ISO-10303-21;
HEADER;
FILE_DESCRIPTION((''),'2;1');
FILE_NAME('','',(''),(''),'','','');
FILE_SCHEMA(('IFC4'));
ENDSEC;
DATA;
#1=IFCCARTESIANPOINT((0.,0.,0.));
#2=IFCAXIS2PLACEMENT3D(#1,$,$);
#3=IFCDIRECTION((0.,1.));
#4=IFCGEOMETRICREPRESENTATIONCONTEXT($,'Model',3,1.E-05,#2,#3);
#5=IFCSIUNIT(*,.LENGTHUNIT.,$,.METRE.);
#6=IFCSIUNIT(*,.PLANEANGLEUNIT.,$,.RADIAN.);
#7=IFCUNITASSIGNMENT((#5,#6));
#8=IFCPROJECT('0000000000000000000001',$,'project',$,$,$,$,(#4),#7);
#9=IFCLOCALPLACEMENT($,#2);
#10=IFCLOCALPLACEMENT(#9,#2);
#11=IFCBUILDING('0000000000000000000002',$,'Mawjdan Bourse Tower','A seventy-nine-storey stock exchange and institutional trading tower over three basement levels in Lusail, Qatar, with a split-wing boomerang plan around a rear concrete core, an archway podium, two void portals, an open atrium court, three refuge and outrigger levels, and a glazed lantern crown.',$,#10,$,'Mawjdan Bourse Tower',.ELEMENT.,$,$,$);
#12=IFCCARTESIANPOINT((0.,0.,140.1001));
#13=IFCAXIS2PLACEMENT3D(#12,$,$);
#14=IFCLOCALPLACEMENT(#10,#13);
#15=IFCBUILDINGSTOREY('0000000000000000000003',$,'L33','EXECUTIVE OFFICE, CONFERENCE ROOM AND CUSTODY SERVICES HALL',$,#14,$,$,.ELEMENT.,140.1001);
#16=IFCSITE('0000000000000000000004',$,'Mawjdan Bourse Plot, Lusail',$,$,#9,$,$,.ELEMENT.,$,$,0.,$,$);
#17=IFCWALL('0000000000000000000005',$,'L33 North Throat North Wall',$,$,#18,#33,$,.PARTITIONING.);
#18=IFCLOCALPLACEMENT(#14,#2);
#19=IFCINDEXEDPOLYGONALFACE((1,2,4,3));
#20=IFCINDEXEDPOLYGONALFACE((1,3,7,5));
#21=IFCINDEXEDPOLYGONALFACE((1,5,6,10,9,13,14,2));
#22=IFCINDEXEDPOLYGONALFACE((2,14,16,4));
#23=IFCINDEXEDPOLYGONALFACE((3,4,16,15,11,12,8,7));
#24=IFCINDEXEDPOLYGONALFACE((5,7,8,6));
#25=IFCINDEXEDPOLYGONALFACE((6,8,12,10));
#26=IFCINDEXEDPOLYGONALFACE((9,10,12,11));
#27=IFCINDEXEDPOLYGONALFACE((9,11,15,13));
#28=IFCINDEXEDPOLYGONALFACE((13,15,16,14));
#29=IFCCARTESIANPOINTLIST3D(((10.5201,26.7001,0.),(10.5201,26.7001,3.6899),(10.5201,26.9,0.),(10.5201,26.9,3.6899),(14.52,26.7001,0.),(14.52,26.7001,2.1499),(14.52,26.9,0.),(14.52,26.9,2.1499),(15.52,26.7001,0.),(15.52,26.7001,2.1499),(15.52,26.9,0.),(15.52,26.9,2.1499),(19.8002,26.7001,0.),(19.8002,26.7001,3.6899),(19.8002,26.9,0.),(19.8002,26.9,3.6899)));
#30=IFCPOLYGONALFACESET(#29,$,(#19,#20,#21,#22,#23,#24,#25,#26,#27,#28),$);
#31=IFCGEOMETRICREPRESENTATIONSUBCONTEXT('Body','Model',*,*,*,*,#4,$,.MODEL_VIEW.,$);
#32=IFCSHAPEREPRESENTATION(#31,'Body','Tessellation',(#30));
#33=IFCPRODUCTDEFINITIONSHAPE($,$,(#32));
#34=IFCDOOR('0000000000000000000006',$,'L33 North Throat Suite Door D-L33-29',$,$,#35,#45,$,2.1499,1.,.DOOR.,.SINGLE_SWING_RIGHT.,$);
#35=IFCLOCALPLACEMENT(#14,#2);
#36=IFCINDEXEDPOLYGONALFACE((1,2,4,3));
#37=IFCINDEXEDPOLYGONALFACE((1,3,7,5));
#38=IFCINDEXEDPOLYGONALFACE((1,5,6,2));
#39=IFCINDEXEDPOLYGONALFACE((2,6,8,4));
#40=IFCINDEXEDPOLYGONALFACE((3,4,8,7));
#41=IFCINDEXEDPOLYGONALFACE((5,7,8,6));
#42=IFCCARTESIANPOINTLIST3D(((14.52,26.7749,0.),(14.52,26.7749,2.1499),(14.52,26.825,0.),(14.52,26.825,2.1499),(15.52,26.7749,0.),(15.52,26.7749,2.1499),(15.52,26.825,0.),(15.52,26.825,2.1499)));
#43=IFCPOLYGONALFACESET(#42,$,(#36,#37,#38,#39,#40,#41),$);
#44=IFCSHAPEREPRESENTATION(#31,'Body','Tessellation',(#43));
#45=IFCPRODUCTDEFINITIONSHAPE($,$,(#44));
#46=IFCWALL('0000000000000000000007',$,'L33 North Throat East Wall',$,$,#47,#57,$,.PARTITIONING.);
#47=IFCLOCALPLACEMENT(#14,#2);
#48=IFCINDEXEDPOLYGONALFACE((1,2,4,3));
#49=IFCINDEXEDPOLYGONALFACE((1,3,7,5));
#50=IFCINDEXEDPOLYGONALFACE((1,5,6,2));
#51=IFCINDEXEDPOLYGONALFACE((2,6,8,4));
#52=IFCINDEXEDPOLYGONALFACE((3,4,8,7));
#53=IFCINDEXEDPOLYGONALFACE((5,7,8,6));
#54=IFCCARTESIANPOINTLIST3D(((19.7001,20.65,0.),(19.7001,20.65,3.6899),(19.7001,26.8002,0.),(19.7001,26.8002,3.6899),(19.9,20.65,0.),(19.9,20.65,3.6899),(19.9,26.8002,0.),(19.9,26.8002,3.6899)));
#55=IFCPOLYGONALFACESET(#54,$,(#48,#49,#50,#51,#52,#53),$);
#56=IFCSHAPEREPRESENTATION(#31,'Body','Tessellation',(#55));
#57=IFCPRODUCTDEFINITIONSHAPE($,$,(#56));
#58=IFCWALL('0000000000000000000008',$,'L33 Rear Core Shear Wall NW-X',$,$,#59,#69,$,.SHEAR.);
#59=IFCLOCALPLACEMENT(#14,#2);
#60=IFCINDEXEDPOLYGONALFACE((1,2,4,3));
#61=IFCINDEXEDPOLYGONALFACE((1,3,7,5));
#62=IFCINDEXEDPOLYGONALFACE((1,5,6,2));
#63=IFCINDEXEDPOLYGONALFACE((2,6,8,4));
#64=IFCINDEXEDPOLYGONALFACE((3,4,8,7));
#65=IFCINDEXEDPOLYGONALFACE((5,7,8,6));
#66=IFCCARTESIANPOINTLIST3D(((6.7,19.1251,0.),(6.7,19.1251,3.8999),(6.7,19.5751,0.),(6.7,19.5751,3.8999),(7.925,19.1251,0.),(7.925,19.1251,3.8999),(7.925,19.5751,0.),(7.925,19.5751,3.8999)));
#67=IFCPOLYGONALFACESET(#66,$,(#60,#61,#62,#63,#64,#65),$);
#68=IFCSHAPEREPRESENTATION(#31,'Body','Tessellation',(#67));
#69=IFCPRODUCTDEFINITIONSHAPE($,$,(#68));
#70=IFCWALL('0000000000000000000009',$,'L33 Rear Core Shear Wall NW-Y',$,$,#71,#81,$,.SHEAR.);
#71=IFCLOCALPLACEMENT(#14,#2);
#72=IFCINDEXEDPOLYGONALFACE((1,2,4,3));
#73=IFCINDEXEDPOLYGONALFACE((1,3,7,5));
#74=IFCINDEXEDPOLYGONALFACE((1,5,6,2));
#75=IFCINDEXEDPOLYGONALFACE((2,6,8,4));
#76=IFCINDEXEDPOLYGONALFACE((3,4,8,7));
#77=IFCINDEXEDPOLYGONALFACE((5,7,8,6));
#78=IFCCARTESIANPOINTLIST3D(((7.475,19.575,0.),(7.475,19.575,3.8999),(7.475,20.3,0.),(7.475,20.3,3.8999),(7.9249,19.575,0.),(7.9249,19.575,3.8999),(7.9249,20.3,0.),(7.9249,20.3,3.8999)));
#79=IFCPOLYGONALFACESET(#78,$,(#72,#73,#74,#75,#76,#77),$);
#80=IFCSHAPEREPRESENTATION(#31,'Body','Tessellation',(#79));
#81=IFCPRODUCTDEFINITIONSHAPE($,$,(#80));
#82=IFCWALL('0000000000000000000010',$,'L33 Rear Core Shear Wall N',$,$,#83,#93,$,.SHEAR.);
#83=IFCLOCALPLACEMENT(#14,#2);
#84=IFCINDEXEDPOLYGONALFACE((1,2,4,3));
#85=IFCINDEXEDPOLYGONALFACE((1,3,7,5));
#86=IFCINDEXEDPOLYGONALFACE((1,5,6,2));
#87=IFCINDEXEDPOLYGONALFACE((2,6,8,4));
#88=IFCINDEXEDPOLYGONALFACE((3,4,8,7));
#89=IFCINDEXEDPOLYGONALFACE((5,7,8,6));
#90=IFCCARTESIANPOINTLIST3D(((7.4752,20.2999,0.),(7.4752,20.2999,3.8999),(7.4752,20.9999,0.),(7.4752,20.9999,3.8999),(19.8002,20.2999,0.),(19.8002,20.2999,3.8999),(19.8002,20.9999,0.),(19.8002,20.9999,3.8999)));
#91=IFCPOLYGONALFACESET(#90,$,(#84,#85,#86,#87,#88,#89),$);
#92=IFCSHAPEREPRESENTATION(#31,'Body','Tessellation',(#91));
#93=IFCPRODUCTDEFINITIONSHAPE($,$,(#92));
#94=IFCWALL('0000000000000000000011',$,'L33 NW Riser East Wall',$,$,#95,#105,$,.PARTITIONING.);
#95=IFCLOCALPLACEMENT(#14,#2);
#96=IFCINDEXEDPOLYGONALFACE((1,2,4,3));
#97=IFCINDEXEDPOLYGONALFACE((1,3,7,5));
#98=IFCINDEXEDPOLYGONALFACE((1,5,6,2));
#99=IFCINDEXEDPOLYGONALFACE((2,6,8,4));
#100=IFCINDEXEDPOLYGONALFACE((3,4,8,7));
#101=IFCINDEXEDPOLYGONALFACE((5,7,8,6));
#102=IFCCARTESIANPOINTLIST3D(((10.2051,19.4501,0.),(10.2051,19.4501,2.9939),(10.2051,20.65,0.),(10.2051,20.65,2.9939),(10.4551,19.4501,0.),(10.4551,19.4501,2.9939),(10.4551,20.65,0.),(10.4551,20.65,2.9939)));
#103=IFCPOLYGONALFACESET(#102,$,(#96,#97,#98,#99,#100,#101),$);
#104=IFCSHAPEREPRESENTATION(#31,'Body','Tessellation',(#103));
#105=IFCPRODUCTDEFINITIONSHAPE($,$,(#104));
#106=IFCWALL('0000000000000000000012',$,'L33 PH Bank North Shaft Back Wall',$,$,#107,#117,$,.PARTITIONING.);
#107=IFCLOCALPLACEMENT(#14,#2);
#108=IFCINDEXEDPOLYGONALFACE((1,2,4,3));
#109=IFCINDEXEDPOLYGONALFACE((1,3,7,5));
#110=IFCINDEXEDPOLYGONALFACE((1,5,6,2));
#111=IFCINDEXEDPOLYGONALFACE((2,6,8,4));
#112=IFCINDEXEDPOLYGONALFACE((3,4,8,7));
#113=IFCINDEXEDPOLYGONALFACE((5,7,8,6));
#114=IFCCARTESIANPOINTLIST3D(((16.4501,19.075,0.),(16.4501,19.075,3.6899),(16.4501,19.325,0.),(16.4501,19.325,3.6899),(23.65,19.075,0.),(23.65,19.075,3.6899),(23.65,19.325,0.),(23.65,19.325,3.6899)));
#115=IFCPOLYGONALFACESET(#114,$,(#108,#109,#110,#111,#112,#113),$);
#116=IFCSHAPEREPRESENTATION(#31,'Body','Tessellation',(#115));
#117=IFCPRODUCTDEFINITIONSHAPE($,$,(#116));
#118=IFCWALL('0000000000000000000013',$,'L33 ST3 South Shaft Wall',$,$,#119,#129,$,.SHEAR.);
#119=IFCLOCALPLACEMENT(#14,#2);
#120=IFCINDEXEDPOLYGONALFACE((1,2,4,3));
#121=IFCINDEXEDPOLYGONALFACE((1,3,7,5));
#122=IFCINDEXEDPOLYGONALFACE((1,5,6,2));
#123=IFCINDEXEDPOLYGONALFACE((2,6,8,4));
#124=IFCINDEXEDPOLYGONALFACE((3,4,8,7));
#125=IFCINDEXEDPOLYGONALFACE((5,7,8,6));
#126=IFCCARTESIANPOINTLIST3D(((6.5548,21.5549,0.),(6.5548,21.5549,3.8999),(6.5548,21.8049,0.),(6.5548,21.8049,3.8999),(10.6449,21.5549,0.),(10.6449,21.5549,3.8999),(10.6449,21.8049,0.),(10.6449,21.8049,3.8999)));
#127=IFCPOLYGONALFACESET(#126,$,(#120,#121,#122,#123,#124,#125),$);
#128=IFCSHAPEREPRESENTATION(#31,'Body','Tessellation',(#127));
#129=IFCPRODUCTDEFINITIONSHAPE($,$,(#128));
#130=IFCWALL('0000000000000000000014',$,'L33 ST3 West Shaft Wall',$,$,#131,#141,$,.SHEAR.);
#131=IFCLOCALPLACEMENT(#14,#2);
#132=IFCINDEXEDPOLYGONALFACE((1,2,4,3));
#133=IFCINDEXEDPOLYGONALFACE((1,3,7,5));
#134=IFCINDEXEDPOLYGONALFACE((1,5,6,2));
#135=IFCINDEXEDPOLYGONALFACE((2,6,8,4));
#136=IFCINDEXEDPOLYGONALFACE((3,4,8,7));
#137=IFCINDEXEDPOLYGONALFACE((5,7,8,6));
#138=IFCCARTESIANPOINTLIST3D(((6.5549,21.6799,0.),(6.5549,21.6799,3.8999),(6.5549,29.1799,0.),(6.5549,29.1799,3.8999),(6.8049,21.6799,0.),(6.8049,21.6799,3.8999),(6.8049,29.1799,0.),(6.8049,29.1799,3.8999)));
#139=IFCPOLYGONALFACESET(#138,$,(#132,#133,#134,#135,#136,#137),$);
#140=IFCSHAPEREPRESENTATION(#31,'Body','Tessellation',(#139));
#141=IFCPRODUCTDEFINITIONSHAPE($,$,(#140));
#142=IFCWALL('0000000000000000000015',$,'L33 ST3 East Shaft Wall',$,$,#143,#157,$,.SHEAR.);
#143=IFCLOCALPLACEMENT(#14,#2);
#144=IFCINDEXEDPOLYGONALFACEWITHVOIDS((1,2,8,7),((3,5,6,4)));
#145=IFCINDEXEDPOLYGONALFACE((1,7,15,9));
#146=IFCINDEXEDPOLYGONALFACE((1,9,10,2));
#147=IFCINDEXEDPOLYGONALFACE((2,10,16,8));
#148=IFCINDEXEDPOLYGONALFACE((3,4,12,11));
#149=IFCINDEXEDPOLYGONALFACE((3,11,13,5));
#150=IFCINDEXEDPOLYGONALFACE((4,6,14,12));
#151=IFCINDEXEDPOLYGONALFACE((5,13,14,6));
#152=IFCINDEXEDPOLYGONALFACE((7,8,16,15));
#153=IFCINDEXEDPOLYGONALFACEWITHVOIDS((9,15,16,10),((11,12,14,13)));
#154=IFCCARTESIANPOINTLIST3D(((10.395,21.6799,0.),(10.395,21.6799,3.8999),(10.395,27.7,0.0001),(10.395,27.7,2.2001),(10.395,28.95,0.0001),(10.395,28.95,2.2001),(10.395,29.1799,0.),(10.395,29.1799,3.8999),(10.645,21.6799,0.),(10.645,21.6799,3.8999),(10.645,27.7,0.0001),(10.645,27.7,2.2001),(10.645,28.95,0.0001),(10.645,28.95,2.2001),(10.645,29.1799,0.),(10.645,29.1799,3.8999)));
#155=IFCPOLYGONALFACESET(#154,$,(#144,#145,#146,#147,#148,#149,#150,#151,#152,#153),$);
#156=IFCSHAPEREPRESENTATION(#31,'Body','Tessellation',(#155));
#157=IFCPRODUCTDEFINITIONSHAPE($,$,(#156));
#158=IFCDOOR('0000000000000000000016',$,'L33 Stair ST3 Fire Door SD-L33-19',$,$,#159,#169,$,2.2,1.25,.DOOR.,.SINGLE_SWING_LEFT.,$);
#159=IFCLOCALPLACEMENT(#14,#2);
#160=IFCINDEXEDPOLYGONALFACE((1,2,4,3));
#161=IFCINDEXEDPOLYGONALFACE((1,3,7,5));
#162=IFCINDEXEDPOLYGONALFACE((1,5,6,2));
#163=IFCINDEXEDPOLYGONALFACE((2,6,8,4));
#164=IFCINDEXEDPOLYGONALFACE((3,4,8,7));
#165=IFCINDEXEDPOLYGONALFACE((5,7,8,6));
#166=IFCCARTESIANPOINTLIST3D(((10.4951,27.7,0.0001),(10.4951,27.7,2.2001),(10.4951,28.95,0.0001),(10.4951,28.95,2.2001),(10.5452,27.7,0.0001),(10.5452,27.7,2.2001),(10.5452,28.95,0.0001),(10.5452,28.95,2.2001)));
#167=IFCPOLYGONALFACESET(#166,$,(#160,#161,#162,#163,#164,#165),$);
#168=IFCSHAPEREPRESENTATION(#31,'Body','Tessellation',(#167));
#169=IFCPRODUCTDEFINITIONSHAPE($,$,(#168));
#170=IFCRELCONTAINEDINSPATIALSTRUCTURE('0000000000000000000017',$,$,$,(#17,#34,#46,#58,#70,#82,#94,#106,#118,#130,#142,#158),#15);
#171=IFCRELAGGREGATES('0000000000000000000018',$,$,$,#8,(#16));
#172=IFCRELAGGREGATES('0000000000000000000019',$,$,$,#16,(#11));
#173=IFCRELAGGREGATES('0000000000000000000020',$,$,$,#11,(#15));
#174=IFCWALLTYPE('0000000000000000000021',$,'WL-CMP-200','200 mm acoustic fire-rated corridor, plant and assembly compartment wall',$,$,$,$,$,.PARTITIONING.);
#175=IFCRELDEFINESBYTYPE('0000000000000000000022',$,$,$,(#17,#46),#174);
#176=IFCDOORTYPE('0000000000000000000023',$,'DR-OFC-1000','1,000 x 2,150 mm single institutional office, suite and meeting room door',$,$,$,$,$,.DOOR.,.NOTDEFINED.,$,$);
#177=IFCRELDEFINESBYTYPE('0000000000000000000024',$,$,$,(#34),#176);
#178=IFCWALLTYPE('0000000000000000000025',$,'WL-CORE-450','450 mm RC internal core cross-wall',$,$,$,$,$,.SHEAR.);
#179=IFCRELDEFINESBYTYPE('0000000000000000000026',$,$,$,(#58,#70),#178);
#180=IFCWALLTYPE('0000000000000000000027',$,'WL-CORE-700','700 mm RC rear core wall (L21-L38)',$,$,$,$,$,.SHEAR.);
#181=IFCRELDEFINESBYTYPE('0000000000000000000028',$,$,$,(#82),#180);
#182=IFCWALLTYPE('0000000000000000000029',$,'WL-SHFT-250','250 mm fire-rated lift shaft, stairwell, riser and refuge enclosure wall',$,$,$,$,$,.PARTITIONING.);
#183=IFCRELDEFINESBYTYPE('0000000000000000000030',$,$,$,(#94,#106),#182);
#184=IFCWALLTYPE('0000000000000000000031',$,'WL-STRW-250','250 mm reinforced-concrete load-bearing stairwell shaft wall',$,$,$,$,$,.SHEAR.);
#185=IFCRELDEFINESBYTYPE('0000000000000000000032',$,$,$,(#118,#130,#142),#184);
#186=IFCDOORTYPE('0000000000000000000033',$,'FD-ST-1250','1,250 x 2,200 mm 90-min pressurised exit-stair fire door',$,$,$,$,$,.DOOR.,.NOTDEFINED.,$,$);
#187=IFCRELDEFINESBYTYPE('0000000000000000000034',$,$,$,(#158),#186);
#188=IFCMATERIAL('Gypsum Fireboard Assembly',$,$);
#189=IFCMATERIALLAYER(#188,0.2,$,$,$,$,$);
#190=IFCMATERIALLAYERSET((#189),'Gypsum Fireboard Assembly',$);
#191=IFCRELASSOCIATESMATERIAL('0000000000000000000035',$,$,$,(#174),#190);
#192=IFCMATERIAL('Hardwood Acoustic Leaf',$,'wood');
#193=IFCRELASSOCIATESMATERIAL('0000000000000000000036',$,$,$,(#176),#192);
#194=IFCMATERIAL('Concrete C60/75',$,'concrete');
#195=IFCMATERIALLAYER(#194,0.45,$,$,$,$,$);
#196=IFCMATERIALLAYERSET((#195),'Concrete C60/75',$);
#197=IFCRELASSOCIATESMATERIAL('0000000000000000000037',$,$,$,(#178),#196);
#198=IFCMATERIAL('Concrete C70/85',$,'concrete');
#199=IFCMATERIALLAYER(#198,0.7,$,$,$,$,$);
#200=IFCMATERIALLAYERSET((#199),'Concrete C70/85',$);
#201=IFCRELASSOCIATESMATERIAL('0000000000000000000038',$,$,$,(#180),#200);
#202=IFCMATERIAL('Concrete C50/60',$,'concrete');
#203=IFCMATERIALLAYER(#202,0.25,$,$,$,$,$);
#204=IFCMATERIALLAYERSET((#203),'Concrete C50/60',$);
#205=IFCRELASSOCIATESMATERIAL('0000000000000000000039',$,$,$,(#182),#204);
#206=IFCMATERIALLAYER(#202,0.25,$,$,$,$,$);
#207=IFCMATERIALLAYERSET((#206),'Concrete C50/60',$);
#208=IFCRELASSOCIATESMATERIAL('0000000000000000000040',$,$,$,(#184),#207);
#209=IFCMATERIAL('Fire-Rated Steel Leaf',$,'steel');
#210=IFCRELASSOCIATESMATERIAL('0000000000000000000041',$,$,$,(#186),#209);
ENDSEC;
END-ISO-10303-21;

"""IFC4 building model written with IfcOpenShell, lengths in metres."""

from ifc_helpers import new_model, si_unit, direction, frame, frame_2d, origin, place, context, subcontext, project, spatial, rectangle, extrude, material, layer, layer_set, type_object, element, fill, save


model = new_model("IFC4")

# Units and contexts
model_context = context("Model", 3, precision=1e-05, world=origin(), true_north=direction((0.0, 1.0)))
body_context = subcontext(model_context, "Body", "Model", "MODEL_VIEW")
ifc_project = project(units=[si_unit("LENGTHUNIT", "METRE"), si_unit("PLANEANGLEUNIT", "RADIAN")], contexts=[model_context])

# Site, building, storey
site_placement = place(None, origin())
site = spatial("IfcSite", under=ifc_project, at=site_placement, Name="Mawjdan Bourse Plot, Lusail", CompositionType="ELEMENT", RefElevation=0.0)
building_placement = place(site_placement, origin())
building = spatial("IfcBuilding", under=site, at=building_placement, Name="Mawjdan Bourse Tower", Description="A seventy-nine-storey stock exchange and institutional trading tower over three basement levels in Lusail, Qatar, with a split-wing boomerang plan around a rear concrete core, an archway podium, two void portals, an open atrium court, three refuge and outrigger levels, and a glazed lantern crown.", LongName="Mawjdan Bourse Tower", CompositionType="ELEMENT")
storey_placement = place(building_placement, frame((0.0, 0.0, 140.1001)))
storey = spatial("IfcBuildingStorey", under=building, at=storey_placement, Name="L33", Description="EXECUTIVE OFFICE, CONFERENCE ROOM AND CUSTODY SERVICES HALL", CompositionType="ELEMENT", Elevation=140.1001)

# Shared definitions
ifc_material_1 = material(Name="Concrete C70/85", Category="concrete")

# Wall, opening, door
ifc_material_2 = material(Name="Gypsum Fireboard Assembly")
ifc_layer_1 = layer(ifc_material_2, 0.2)
ifc_layer_set_1 = layer_set([ifc_layer_1], Name="Gypsum Fireboard Assembly")
wall_type_1 = type_object("IfcWallType", Name="WL-CMP-200", Description="200 mm acoustic fire-rated corridor, plant and assembly compartment wall", PredefinedType="PARTITIONING", material=ifc_layer_set_1)
wall_1_placement = place(storey_placement, frame((10.52, 26.8, 0.0), z_axis=(0.0, 0.0, 1.0), x_axis=(1.0, 0.0, 0.0)))
wall_1 = element("IfcWall", 1, at=wall_1_placement, inside=storey, type_object=wall_type_1, Name="L33 North Throat North Wall", PredefinedType="PARTITIONING", context=body_context, shape_type="SweptSolid", body=[
    extrude(rectangle(XDim=9.28, YDim=0.2, at=frame_2d((4.6401, 0.0))), origin(), (0.0, 0.0, 1.0), 3.6899),
])
opening_1_placement = place(wall_1_placement, frame((4.0, 0.0, 0.0)))
opening_1 = element("IfcOpeningElement", 2, at=opening_1_placement, cuts=wall_1, PredefinedType="OPENING", context=body_context, shape_type="SweptSolid", body=[
    extrude(rectangle(XDim=1.0, YDim=2.1499, at=frame_2d((0.5, 1.075))), frame((0.0, 0.1099, 0.0), z_axis=(0.0, -1.0, 0.0), x_axis=(1.0, 0.0, 0.0)), (0.0, 0.0, 1.0), 0.22),
])
ifc_material_3 = material(Name="Hardwood Acoustic Leaf", Category="wood")
door_type_1 = type_object("IfcDoorType", Name="DR-OFC-1000", Description="1,000 x 2,150 mm single institutional office, suite and meeting room door", OperationType="NOTDEFINED", PredefinedType="DOOR", material=ifc_material_3)
door_1_placement = place(opening_1_placement, origin())
door_1 = element("IfcDoor", 3, at=door_1_placement, inside=storey, type_object=door_type_1, Name="L33 North Throat Suite Door D-L33-29", OperationType="SINGLE_SWING_RIGHT", OverallHeight=2.1499, OverallWidth=1.0, PredefinedType="DOOR", context=body_context, shape_type="SweptSolid", body=[
    extrude(rectangle(XDim=1.0, YDim=2.1499, at=frame_2d((0.5, 1.075))), frame((0.0, 0.0249, 0.0), z_axis=(0.0, -1.0, 0.0), x_axis=(1.0, 0.0, 0.0)), (0.0, 0.0, 1.0), 0.05),
])
fill(opening_1, door_1)

# Walls
wall_2_placement = place(storey_placement, frame((19.8, 20.6499, 0.0), z_axis=(0.0, 0.0, 1.0), x_axis=(0.0, 1.0, 0.0)))
element("IfcWall", 4, at=wall_2_placement, inside=storey, type_object=wall_type_1, Name="L33 North Throat East Wall", PredefinedType="PARTITIONING", context=body_context, shape_type="SweptSolid", body=[
    extrude(rectangle(XDim=6.1501, YDim=0.2, at=frame_2d((3.0752, 0.0))), origin(), (0.0, 0.0, 1.0), 3.6899),
])
ifc_material_4 = material(Name="Concrete C60/75", Category="concrete")
ifc_layer_2 = layer(ifc_material_4, 0.45)
ifc_layer_set_2 = layer_set([ifc_layer_2], Name="Concrete C60/75")
wall_type_2 = type_object("IfcWallType", Name="WL-CORE-450", Description="450 mm RC internal core cross-wall", PredefinedType="SHEAR", material=ifc_layer_set_2)
wall_3_placement = place(storey_placement, frame((6.7, 19.3501, 0.0), z_axis=(0.0, 0.0, 1.0), x_axis=(1.0, 0.0, 0.0)))
element("IfcWall", 5, at=wall_3_placement, inside=storey, type_object=wall_type_2, Name="L33 Rear Core Shear Wall NW-X", PredefinedType="SHEAR", context=body_context, shape_type="SweptSolid", body=[
    extrude(rectangle(XDim=1.2251, YDim=0.45, at=frame_2d((0.6125, 0.0))), origin(), (0.0, 0.0, 1.0), 3.8999),
])
wall_4_placement = place(storey_placement, frame((7.7, 19.575, 0.0), z_axis=(0.0, 0.0, 1.0), x_axis=(0.0, 1.0, 0.0)))
element("IfcWall", 6, at=wall_4_placement, inside=storey, type_object=wall_type_2, Name="L33 Rear Core Shear Wall NW-Y", PredefinedType="SHEAR", context=body_context, shape_type="SweptSolid", body=[
    extrude(rectangle(XDim=0.7251, YDim=0.45, at=frame_2d((0.3625, 0.0))), origin(), (0.0, 0.0, 1.0), 3.8999),
])
ifc_layer_3 = layer(ifc_material_1, 0.7)
ifc_layer_set_3 = layer_set([ifc_layer_3], Name="Concrete C70/85")
wall_type_3 = type_object("IfcWallType", Name="WL-CORE-700", Description="700 mm RC rear core wall (L21-L38)", PredefinedType="SHEAR", material=ifc_layer_set_3)
wall_5_placement = place(storey_placement, frame((7.4751, 20.6499, 0.0), z_axis=(0.0, 0.0, 1.0), x_axis=(1.0, 0.0, 0.0)))
element("IfcWall", 7, at=wall_5_placement, inside=storey, type_object=wall_type_3, Name="L33 Rear Core Shear Wall N", PredefinedType="SHEAR", context=body_context, shape_type="SweptSolid", body=[
    extrude(rectangle(XDim=12.325, YDim=0.7, at=frame_2d((6.1626, 0.0))), origin(), (0.0, 0.0, 1.0), 3.8999),
])
ifc_material_5 = material(Name="Concrete C50/60", Category="concrete")
ifc_layer_4 = layer(ifc_material_5, 0.25)
ifc_layer_set_4 = layer_set([ifc_layer_4], Name="Concrete C50/60")
wall_type_4 = type_object("IfcWallType", Name="WL-SHFT-250", Description="250 mm fire-rated lift shaft, stairwell, riser and refuge enclosure wall", PredefinedType="PARTITIONING", material=ifc_layer_set_4)
wall_6_placement = place(storey_placement, frame((10.3301, 19.45, 0.0), z_axis=(0.0, 0.0, 1.0), x_axis=(0.0, 1.0, 0.0)))
element("IfcWall", 8, at=wall_6_placement, inside=storey, type_object=wall_type_4, Name="L33 NW Riser East Wall", PredefinedType="PARTITIONING", context=body_context, shape_type="SweptSolid", body=[
    extrude(rectangle(XDim=1.2, YDim=0.25, at=frame_2d((0.6001, 0.0))), origin(), (0.0, 0.0, 1.0), 2.9939),
])
wall_7_placement = place(storey_placement, frame((16.45, 19.2, 0.0), z_axis=(0.0, 0.0, 1.0), x_axis=(1.0, 0.0, 0.0)))
element("IfcWall", 9, at=wall_7_placement, inside=storey, type_object=wall_type_4, Name="L33 PH Bank North Shaft Back Wall", PredefinedType="PARTITIONING", context=body_context, shape_type="SweptSolid", body=[
    extrude(rectangle(XDim=7.2, YDim=0.25, at=frame_2d((3.6001, 0.0))), origin(), (0.0, 0.0, 1.0), 3.6899),
])
ifc_layer_5 = layer(ifc_material_5, 0.25)
ifc_layer_set_5 = layer_set([ifc_layer_5], Name="Concrete C50/60")
wall_type_5 = type_object("IfcWallType", Name="WL-STRW-250", Description="250 mm reinforced-concrete load-bearing stairwell shaft wall", PredefinedType="SHEAR", material=ifc_layer_set_5)
wall_8_placement = place(storey_placement, frame((6.5549, 21.6799, 0.0), z_axis=(0.0, 0.0, 1.0), x_axis=(1.0, 0.0, 0.0)))
element("IfcWall", 10, at=wall_8_placement, inside=storey, type_object=wall_type_5, Name="L33 ST3 South Shaft Wall", PredefinedType="SHEAR", context=body_context, shape_type="SweptSolid", body=[
    extrude(rectangle(XDim=4.0901, YDim=0.25, at=frame_2d((2.0449, 0.0))), origin(), (0.0, 0.0, 1.0), 3.8999),
])
wall_9_placement = place(storey_placement, frame((6.6799, 21.6799, 0.0), z_axis=(0.0, 0.0, 1.0), x_axis=(0.0, 1.0, 0.0)))
element("IfcWall", 11, at=wall_9_placement, inside=storey, type_object=wall_type_5, Name="L33 ST3 West Shaft Wall", PredefinedType="SHEAR", context=body_context, shape_type="SweptSolid", body=[
    extrude(rectangle(XDim=7.5, YDim=0.25, at=frame_2d((3.75, 0.0))), origin(), (0.0, 0.0, 1.0), 3.8999),
])

# Wall, opening, door
wall_10_placement = place(storey_placement, frame((10.52, 21.6799, 0.0), z_axis=(0.0, 0.0, 1.0), x_axis=(0.0, 1.0, 0.0)))
wall_10 = element("IfcWall", 12, at=wall_10_placement, inside=storey, type_object=wall_type_5, Name="L33 ST3 East Shaft Wall", PredefinedType="SHEAR", context=body_context, shape_type="SweptSolid", body=[
    extrude(rectangle(XDim=7.5, YDim=0.25, at=frame_2d((3.75, 0.0))), origin(), (0.0, 0.0, 1.0), 3.8999),
])
opening_2_placement = place(wall_10_placement, frame((6.02, 0.0, 0.0)))
opening_2 = element("IfcOpeningElement", 13, at=opening_2_placement, cuts=wall_10, PredefinedType="OPENING", context=body_context, shape_type="SweptSolid", body=[
    extrude(rectangle(XDim=1.25, YDim=2.2, at=frame_2d((0.625, 1.1001))), frame((0.0, 0.135, 0.0), z_axis=(0.0, -1.0, 0.0), x_axis=(1.0, 0.0, 0.0)), (0.0, 0.0, 1.0), 0.27),
])
ifc_material_6 = material(Name="Fire-Rated Steel Leaf", Category="steel")
door_type_2 = type_object("IfcDoorType", Name="FD-ST-1250", Description="1,250 x 2,200 mm 90-min pressurised exit-stair fire door", OperationType="NOTDEFINED", PredefinedType="DOOR", material=ifc_material_6)
door_2_placement = place(opening_2_placement, origin())
door_2 = element("IfcDoor", 14, at=door_2_placement, inside=storey, type_object=door_type_2, Name="L33 Stair ST3 Fire Door SD-L33-19", OperationType="SINGLE_SWING_LEFT", OverallHeight=2.2, OverallWidth=1.25, PredefinedType="DOOR", context=body_context, shape_type="SweptSolid", body=[
    extrude(rectangle(XDim=1.25, YDim=2.2, at=frame_2d((0.625, 1.1001))), frame((0.0, 0.0249, 0.0), z_axis=(0.0, -1.0, 0.0), x_axis=(1.0, 0.0, 0.0)), (0.0, 0.0, 1.0), 0.05),
])
fill(opening_2, door_2)

save(model, "model.ifc")
